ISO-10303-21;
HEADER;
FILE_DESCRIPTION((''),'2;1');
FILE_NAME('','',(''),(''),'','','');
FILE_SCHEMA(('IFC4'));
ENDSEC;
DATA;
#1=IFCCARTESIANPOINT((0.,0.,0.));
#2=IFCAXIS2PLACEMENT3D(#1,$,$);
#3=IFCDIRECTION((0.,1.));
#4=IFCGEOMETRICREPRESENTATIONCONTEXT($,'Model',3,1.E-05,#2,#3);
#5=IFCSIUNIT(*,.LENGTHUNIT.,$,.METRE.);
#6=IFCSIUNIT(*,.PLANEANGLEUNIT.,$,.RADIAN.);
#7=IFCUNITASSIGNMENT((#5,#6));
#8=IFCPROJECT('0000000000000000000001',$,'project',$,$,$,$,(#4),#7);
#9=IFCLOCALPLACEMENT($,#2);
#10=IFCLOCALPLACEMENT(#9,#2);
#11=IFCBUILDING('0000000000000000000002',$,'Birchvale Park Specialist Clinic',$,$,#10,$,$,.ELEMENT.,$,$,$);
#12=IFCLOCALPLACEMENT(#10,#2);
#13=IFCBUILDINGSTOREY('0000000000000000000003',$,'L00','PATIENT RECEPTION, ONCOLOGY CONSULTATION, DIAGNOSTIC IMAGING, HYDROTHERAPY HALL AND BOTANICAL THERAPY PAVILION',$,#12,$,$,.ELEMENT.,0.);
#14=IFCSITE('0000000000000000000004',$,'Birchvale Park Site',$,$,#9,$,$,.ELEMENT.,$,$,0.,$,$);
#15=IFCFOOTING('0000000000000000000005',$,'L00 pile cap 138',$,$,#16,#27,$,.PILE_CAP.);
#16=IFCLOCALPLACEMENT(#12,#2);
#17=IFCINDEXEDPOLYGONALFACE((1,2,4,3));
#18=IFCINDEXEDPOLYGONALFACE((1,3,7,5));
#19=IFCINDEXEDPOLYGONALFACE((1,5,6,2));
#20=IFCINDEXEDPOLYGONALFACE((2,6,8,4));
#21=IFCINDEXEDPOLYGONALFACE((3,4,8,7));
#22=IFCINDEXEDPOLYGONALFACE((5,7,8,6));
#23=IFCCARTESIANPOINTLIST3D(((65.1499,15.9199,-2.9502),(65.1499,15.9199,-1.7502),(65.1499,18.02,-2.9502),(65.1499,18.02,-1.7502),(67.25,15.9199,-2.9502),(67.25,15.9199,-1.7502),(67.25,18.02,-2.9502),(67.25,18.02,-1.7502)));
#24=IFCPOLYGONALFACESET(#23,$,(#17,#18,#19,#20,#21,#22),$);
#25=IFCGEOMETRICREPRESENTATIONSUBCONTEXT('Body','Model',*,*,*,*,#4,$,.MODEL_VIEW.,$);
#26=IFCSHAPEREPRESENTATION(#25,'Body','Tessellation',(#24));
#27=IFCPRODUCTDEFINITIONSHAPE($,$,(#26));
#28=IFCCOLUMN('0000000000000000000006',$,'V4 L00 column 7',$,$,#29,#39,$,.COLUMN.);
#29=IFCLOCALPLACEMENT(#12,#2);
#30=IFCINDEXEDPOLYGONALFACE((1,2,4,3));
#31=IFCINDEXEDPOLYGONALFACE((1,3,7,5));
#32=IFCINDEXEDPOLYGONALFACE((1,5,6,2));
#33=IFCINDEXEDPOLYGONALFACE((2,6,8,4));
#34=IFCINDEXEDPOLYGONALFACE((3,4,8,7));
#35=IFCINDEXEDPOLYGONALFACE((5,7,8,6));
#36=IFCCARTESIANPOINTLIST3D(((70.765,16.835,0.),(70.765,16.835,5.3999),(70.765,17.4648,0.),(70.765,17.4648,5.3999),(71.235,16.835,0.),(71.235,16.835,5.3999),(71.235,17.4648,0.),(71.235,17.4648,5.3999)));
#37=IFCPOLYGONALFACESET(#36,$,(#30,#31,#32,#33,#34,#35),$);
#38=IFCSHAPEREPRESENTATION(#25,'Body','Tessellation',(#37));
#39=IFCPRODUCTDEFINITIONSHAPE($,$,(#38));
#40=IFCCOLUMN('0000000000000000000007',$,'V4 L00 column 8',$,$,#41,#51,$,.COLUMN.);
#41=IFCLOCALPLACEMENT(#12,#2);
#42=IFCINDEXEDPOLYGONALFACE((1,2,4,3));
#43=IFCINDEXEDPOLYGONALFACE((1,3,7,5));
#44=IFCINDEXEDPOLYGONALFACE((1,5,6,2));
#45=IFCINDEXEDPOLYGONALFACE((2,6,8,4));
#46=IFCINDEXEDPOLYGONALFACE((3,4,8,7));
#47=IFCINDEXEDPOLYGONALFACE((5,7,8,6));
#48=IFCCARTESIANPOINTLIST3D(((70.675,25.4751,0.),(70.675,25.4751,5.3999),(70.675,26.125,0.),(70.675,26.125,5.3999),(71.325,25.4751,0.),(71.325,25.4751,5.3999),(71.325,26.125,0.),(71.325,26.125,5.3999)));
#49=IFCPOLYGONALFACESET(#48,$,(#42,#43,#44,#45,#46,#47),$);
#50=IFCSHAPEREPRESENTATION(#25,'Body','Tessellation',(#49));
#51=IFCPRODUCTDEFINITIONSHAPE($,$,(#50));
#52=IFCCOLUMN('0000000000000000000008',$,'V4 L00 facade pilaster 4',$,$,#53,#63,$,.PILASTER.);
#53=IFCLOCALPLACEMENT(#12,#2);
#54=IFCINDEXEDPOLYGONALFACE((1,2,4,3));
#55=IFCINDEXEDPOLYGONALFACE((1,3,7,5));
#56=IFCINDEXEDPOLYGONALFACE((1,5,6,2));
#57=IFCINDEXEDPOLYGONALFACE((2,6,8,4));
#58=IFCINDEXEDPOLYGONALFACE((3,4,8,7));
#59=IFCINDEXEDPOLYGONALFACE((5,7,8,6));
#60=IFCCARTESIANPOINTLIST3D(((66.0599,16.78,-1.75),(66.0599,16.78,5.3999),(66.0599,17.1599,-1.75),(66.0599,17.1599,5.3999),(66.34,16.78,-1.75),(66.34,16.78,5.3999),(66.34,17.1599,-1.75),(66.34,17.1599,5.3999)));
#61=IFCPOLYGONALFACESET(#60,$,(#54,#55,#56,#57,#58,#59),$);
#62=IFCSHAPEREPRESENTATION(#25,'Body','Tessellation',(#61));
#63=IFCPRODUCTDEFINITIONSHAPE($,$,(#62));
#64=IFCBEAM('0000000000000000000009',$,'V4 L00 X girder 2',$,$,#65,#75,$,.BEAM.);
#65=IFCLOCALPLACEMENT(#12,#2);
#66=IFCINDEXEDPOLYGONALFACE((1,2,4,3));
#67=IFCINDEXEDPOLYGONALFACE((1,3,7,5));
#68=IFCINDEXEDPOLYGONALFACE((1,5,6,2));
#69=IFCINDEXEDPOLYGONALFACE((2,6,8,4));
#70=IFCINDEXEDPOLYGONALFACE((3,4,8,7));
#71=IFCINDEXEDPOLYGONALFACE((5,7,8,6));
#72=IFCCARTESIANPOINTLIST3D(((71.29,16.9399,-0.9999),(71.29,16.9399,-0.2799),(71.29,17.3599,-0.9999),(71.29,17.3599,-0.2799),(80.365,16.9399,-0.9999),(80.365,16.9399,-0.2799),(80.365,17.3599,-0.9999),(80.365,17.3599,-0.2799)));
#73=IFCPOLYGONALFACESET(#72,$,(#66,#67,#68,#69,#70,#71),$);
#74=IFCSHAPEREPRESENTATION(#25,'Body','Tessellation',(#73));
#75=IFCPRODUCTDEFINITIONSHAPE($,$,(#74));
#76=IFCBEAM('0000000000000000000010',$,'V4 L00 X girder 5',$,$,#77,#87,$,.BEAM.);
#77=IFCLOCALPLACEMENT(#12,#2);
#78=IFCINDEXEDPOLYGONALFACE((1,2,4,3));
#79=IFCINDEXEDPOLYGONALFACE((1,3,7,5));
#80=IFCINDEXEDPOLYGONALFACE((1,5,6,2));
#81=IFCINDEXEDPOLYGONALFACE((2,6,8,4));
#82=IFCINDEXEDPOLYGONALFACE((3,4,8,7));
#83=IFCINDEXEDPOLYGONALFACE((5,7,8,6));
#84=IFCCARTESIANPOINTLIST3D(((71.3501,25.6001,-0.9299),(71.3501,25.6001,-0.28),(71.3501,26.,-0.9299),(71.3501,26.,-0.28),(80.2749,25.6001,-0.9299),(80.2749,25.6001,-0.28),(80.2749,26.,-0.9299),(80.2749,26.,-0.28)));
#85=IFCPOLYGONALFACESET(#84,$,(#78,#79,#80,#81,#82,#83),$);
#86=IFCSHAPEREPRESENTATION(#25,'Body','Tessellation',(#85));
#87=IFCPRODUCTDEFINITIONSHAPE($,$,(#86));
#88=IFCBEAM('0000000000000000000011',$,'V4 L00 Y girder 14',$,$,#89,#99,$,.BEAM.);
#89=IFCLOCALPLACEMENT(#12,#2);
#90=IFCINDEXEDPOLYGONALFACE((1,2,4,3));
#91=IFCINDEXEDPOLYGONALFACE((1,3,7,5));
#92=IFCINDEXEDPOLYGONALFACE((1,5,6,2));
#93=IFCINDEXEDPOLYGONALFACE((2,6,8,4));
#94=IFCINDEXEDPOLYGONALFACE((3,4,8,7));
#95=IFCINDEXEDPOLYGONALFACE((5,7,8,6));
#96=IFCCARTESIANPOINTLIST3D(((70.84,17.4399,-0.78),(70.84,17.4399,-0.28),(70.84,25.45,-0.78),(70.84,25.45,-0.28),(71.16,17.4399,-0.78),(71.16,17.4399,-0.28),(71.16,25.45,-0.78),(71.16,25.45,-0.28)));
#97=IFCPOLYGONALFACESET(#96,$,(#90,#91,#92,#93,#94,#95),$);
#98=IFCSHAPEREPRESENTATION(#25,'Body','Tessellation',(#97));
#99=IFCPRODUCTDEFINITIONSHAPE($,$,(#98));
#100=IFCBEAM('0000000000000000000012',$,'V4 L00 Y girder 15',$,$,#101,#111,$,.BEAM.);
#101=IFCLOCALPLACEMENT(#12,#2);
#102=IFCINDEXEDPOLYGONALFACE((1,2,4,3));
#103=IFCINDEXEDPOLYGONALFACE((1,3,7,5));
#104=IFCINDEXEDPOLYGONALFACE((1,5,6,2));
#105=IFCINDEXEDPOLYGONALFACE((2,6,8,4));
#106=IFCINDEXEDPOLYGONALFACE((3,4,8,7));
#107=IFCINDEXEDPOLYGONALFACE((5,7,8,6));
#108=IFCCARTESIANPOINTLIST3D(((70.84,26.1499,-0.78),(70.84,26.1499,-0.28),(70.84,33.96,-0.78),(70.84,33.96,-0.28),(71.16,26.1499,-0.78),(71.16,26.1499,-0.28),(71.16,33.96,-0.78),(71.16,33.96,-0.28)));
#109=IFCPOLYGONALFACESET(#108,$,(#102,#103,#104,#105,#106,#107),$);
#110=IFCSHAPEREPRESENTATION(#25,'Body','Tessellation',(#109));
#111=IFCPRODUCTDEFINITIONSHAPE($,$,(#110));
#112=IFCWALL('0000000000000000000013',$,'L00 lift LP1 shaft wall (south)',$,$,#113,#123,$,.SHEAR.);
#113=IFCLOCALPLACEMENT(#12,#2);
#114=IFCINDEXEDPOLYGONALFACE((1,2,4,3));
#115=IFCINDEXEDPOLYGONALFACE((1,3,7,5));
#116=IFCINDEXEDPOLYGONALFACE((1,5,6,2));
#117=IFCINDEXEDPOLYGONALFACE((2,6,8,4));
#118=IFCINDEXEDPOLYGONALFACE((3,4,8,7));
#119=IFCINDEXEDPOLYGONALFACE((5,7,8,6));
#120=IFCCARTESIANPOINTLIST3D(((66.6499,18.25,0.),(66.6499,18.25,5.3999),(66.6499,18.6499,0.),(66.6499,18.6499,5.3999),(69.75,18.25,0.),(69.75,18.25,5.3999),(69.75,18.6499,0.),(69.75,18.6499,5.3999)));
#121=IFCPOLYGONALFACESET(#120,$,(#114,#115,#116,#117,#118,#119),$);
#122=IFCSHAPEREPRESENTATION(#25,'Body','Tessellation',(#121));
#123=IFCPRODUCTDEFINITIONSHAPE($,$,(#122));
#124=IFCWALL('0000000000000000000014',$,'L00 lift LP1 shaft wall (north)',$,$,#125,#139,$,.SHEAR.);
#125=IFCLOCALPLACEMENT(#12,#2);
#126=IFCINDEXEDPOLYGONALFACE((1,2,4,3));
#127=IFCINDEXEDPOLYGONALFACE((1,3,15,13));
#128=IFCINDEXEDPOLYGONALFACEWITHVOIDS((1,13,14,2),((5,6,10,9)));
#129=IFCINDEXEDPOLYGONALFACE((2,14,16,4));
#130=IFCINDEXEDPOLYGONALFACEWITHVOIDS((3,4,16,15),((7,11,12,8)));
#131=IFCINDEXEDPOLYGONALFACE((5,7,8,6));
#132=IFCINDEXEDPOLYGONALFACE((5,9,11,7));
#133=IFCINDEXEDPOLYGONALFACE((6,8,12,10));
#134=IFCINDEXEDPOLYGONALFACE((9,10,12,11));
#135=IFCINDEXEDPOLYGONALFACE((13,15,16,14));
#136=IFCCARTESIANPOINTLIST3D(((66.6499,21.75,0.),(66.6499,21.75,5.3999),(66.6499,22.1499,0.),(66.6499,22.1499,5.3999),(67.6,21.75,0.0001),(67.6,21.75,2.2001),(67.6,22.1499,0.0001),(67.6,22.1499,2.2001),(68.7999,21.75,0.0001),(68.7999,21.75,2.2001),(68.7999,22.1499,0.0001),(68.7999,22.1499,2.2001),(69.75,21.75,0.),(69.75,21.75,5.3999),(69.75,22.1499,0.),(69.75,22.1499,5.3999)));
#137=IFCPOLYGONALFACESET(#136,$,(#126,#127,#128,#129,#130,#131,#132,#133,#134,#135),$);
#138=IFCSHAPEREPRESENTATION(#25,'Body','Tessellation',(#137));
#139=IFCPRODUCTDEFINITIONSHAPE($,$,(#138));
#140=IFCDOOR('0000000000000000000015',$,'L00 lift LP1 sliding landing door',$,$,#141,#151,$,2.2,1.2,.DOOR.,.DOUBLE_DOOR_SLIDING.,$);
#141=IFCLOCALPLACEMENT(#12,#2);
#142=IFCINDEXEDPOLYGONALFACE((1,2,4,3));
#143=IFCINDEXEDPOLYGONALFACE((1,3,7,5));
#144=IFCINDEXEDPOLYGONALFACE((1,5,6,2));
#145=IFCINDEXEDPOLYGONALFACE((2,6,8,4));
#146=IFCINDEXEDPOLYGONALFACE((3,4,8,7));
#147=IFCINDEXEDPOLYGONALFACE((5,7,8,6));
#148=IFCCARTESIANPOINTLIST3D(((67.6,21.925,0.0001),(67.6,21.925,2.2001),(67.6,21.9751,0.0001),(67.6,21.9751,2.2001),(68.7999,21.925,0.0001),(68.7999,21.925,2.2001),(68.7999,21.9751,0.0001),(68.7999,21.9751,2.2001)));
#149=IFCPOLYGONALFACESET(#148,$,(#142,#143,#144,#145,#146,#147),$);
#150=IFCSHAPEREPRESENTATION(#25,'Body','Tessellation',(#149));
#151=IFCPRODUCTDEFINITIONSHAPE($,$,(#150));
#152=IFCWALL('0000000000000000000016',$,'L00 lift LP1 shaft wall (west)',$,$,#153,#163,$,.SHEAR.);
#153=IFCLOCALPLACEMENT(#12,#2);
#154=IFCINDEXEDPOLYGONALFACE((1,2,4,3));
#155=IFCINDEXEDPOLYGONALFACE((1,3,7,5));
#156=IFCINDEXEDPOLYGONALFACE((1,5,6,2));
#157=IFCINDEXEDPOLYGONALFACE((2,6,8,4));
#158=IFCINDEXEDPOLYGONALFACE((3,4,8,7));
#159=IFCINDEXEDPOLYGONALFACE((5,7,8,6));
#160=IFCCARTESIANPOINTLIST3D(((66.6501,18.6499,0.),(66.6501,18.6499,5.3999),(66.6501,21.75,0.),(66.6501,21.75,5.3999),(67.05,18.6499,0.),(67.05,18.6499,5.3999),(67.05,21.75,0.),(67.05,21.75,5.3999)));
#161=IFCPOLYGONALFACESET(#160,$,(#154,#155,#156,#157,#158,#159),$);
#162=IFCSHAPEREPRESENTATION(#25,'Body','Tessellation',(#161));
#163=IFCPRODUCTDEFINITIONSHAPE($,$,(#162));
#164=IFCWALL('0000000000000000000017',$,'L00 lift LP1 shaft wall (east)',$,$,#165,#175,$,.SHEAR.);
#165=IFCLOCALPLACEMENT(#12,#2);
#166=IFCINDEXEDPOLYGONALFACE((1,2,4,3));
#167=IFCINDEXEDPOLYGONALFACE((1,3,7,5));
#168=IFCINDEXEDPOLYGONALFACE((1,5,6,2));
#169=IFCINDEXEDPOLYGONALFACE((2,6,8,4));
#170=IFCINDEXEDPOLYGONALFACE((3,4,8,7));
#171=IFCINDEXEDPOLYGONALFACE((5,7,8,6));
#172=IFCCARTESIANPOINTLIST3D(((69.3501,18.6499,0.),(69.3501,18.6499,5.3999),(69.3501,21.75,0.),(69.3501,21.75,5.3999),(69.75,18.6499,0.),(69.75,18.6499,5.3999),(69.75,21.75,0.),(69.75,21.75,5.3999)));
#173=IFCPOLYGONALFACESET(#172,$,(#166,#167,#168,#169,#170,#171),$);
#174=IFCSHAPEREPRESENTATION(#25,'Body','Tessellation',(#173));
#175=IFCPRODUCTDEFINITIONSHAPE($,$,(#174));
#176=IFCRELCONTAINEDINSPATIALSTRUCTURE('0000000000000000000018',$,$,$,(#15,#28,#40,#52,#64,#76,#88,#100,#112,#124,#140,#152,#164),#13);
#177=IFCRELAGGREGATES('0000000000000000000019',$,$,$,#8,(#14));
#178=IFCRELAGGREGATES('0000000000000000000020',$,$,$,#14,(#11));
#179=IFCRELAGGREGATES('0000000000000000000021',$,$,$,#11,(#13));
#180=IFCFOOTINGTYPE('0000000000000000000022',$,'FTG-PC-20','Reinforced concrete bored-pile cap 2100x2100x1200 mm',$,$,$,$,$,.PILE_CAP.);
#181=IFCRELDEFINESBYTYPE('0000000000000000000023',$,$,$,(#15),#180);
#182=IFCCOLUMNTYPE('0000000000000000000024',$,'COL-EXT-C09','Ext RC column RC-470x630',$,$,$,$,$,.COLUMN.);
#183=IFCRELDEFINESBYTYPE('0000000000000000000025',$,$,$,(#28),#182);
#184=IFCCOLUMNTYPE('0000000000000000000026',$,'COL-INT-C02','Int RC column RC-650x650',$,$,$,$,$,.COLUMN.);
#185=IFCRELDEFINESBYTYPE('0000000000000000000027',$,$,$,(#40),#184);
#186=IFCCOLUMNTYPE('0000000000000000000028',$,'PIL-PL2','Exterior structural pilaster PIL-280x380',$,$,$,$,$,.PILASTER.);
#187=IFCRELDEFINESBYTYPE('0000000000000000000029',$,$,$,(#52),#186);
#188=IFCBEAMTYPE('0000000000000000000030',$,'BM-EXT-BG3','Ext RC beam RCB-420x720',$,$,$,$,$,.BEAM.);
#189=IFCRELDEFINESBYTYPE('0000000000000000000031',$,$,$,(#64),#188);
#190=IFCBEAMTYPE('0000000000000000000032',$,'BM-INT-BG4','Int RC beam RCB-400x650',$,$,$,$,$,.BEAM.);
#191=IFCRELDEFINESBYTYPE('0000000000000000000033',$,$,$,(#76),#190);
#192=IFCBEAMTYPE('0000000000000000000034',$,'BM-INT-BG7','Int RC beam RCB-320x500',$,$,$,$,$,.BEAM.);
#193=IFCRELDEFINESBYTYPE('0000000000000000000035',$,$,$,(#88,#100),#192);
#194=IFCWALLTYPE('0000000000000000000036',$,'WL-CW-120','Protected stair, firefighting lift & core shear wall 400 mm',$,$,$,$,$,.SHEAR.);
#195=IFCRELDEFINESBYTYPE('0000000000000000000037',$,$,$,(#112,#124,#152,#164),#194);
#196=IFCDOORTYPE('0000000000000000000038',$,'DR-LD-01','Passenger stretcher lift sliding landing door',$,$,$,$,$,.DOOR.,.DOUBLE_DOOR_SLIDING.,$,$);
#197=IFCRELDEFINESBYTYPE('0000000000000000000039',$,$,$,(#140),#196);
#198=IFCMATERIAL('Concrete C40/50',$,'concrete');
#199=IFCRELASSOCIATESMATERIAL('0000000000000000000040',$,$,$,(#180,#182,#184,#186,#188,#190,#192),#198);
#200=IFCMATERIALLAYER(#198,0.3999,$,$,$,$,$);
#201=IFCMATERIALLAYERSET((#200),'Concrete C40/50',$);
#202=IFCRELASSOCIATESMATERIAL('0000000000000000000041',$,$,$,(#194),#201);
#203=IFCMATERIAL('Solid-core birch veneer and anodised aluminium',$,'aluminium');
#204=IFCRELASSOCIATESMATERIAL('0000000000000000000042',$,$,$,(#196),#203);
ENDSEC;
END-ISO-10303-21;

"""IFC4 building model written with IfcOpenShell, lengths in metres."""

from ifc_helpers import new_model, si_unit, direction, frame, frame_2d, origin, origin_2d, place, context, subcontext, project, spatial, rectangle, extrude, material, layer, layer_set, material_profile, profile_set, type_object, element, fill, save


model = new_model("IFC4")

# Units and contexts
model_context = context("Model", 3, precision=1e-05, world=origin(), true_north=direction((0.0, 1.0)))
body_context = subcontext(model_context, "Body", "Model", "MODEL_VIEW")
ifc_project = project(units=[si_unit("LENGTHUNIT", "METRE"), si_unit("PLANEANGLEUNIT", "RADIAN")], contexts=[model_context])

# Site, building, storey
site_placement = place(None, origin())
site = spatial("IfcSite", under=ifc_project, at=site_placement, Name="Birchvale Park Site", CompositionType="ELEMENT", RefElevation=0.0)
building_placement = place(site_placement, origin())
building = spatial("IfcBuilding", under=site, at=building_placement, Name="Birchvale Park Specialist Clinic", CompositionType="ELEMENT")
storey_placement = place(building_placement, origin())
storey = spatial("IfcBuildingStorey", under=building, at=storey_placement, Name="L00", Description="PATIENT RECEPTION, ONCOLOGY CONSULTATION, DIAGNOSTIC IMAGING, HYDROTHERAPY HALL AND BOTANICAL THERAPY PAVILION", CompositionType="ELEMENT", Elevation=0.0)

# Footing
ifc_material_1 = material(Name="Concrete C40/50", Category="concrete")
footing_type = type_object("IfcFootingType", Name="FTG-PC-20", Description="Reinforced concrete bored-pile cap 2100x2100x1200 mm", PredefinedType="PILE_CAP", material=ifc_material_1)
footing_placement = place(storey_placement, frame((66.2, 16.97, -2.9502), z_axis=(0.0, 0.0, 1.0), x_axis=(1.0, 0.0, 0.0)))
element("IfcFooting", 1, at=footing_placement, inside=storey, type_object=footing_type, Name="L00 pile cap 138", PredefinedType="PILE_CAP", context=body_context, shape_type="SweptSolid", body=[
    extrude(rectangle(XDim=2.1001, YDim=2.1001, at=origin_2d()), origin(), (0.0, 0.0, 1.0), 1.2),
])

# Columns
ifc_material_profile_1 = material_profile(ifc_material_1, rectangle(XDim=0.47, YDim=0.6299, at=origin_2d()), Name="RC-470x630")
ifc_profile_set_1 = profile_set([ifc_material_profile_1], Name="Concrete C40/50")
column_type_1 = type_object("IfcColumnType", Name="COL-EXT-C09", Description="Ext RC column RC-470x630", PredefinedType="COLUMN", material=ifc_profile_set_1)
column_1_placement = place(storey_placement, frame((71.0, 17.1499, 0.0), z_axis=(0.0, 0.0, 1.0), x_axis=(1.0, 0.0, 0.0)))
element("IfcColumn", 2, at=column_1_placement, inside=storey, type_object=column_type_1, Name="V4 L00 column 7", PredefinedType="COLUMN", context=body_context, shape_type="SweptSolid", body=[
    extrude(rectangle(XDim=0.47, YDim=0.6299, at=origin_2d()), origin(), (0.0, 0.0, 1.0), 5.3999),
])
ifc_material_profile_2 = material_profile(ifc_material_1, rectangle(XDim=0.6499, YDim=0.6499, at=origin_2d()), Name="RC-650x650")
ifc_profile_set_2 = profile_set([ifc_material_profile_2], Name="Concrete C40/50")
column_type_2 = type_object("IfcColumnType", Name="COL-INT-C02", Description="Int RC column RC-650x650", PredefinedType="COLUMN", material=ifc_profile_set_2)
column_2_placement = place(storey_placement, frame((71.0, 25.8, 0.0), z_axis=(0.0, 0.0, 1.0), x_axis=(1.0, 0.0, 0.0)))
element("IfcColumn", 3, at=column_2_placement, inside=storey, type_object=column_type_2, Name="V4 L00 column 8", PredefinedType="COLUMN", context=body_context, shape_type="SweptSolid", body=[
    extrude(rectangle(XDim=0.6499, YDim=0.6499, at=origin_2d()), origin(), (0.0, 0.0, 1.0), 5.3999),
])
ifc_material_profile_3 = material_profile(ifc_material_1, rectangle(XDim=0.28, YDim=0.3799, at=origin_2d()), Name="PIL-280x380")
ifc_profile_set_3 = profile_set([ifc_material_profile_3], Name="Concrete C40/50")
column_type_3 = type_object("IfcColumnType", Name="PIL-PL2", Description="Exterior structural pilaster PIL-280x380", PredefinedType="PILASTER", material=ifc_profile_set_3)
column_3_placement = place(storey_placement, frame((66.2, 16.97, -1.75), z_axis=(0.0, 0.0, 1.0), x_axis=(1.0, 0.0, 0.0)))
element("IfcColumn", 4, at=column_3_placement, inside=storey, type_object=column_type_3, Name="V4 L00 facade pilaster 4", PredefinedType="PILASTER", context=body_context, shape_type="SweptSolid", body=[
    extrude(rectangle(XDim=0.28, YDim=0.3799, at=origin_2d()), origin(), (0.0, 0.0, 1.0), 7.1499),
])

# Beams
ifc_material_profile_4 = material_profile(ifc_material_1, rectangle(XDim=0.4199, YDim=0.72, at=origin_2d()), Name="RCB-420x720")
ifc_profile_set_4 = profile_set([ifc_material_profile_4], Name="Concrete C40/50")
beam_type_1 = type_object("IfcBeamType", Name="BM-EXT-BG3", Description="Ext RC beam RCB-420x720", PredefinedType="BEAM", material=ifc_profile_set_4)
beam_1_placement = place(storey_placement, frame((71.29, 17.1499, -0.6399), z_axis=(1.0, 0.0, 0.0), x_axis=(0.0, 1.0, 0.0)))
element("IfcBeam", 5, at=beam_1_placement, inside=storey, type_object=beam_type_1, Name="V4 L00 X girder 2", PredefinedType="BEAM", context=body_context, shape_type="SweptSolid", body=[
    extrude(rectangle(XDim=0.4199, YDim=0.72, at=origin_2d()), origin(), (0.0, 0.0, 1.0), 9.075),
])
ifc_material_profile_5 = material_profile(ifc_material_1, rectangle(XDim=0.3999, YDim=0.6499, at=origin_2d()), Name="RCB-400x650")
ifc_profile_set_5 = profile_set([ifc_material_profile_5], Name="Concrete C40/50")
beam_type_2 = type_object("IfcBeamType", Name="BM-INT-BG4", Description="Int RC beam RCB-400x650", PredefinedType="BEAM", material=ifc_profile_set_5)
beam_2_placement = place(storey_placement, frame((71.3501, 25.8, -0.605), z_axis=(1.0, 0.0, 0.0), x_axis=(0.0, 1.0, 0.0)))
element("IfcBeam", 6, at=beam_2_placement, inside=storey, type_object=beam_type_2, Name="V4 L00 X girder 5", PredefinedType="BEAM", context=body_context, shape_type="SweptSolid", body=[
    extrude(rectangle(XDim=0.3999, YDim=0.6499, at=origin_2d()), origin(), (0.0, 0.0, 1.0), 8.9248),
])
ifc_material_profile_6 = material_profile(ifc_material_1, rectangle(XDim=0.3201, YDim=0.5, at=origin_2d()), Name="RCB-320x500")
ifc_profile_set_6 = profile_set([ifc_material_profile_6], Name="Concrete C40/50")
beam_type_3 = type_object("IfcBeamType", Name="BM-INT-BG7", Description="Int RC beam RCB-320x500", PredefinedType="BEAM", material=ifc_profile_set_6)
beam_3_placement = place(storey_placement, frame((71.0, 17.4399, -0.53), z_axis=(0.0, 1.0, 0.0), x_axis=(-1.0, 0.0, 0.0)))
element("IfcBeam", 7, at=beam_3_placement, inside=storey, type_object=beam_type_3, Name="V4 L00 Y girder 14", PredefinedType="BEAM", context=body_context, shape_type="SweptSolid", body=[
    extrude(rectangle(XDim=0.3201, YDim=0.5, at=origin_2d()), origin(), (0.0, 0.0, 1.0), 8.01),
])
beam_4_placement = place(storey_placement, frame((71.0, 26.1499, -0.53), z_axis=(0.0, 1.0, 0.0), x_axis=(-1.0, 0.0, 0.0)))
element("IfcBeam", 8, at=beam_4_placement, inside=storey, type_object=beam_type_3, Name="V4 L00 Y girder 15", PredefinedType="BEAM", context=body_context, shape_type="SweptSolid", body=[
    extrude(rectangle(XDim=0.3201, YDim=0.5, at=origin_2d()), origin(), (0.0, 0.0, 1.0), 7.8101),
])

# Wall
ifc_layer_1 = layer(ifc_material_1, 0.3999)
ifc_layer_set_1 = layer_set([ifc_layer_1], Name="Concrete C40/50")
wall_type_1 = type_object("IfcWallType", Name="WL-CW-120", Description="Protected stair, firefighting lift & core shear wall 400 mm", PredefinedType="SHEAR", material=ifc_layer_set_1)
wall_1_placement = place(storey_placement, frame((66.6499, 18.45, 0.0), z_axis=(0.0, 0.0, 1.0), x_axis=(1.0, 0.0, 0.0)))
element("IfcWall", 9, at=wall_1_placement, inside=storey, type_object=wall_type_1, Name="L00 lift LP1 shaft wall (south)", PredefinedType="SHEAR", context=body_context, shape_type="SweptSolid", body=[
    extrude(rectangle(XDim=3.1001, YDim=0.3999, at=frame_2d((1.55, 0.0))), origin(), (0.0, 0.0, 1.0), 5.3999),
])

# Wall, opening, door
wall_2_placement = place(storey_placement, frame((69.75, 21.95, 0.0), z_axis=(0.0, 0.0, 1.0), x_axis=(-1.0, 0.0, 0.0)))
wall_2 = element("IfcWall", 10, at=wall_2_placement, inside=storey, type_object=wall_type_1, Name="L00 lift LP1 shaft wall (north)", PredefinedType="SHEAR", context=body_context, shape_type="SweptSolid", body=[
    extrude(rectangle(XDim=3.1001, YDim=0.3999, at=frame_2d((1.55, 0.0))), origin(), (0.0, 0.0, 1.0), 5.3999),
])
opening_1_placement = place(wall_2_placement, frame((0.95, 0.0, 0.0)))
opening_1 = element("IfcOpeningElement", 11, at=opening_1_placement, cuts=wall_2, PredefinedType="OPENING", context=body_context, shape_type="SweptSolid", body=[
    extrude(rectangle(XDim=1.2, YDim=2.2, at=frame_2d((0.6001, 1.1001))), frame((0.0, 0.21, 0.0), z_axis=(0.0, -1.0, 0.0), x_axis=(1.0, 0.0, 0.0)), (0.0, 0.0, 1.0), 0.4199),
])
ifc_material_2 = material(Name="Solid-core birch veneer and anodised aluminium", Category="aluminium")
door_type_1 = type_object("IfcDoorType", Name="DR-LD-01", Description="Passenger stretcher lift sliding landing door", OperationType="DOUBLE_DOOR_SLIDING", PredefinedType="DOOR", material=ifc_material_2)
door_1_placement = place(opening_1_placement, origin())
door_1 = element("IfcDoor", 12, at=door_1_placement, inside=storey, type_object=door_type_1, Name="L00 lift LP1 sliding landing door", OperationType="DOUBLE_DOOR_SLIDING", OverallHeight=2.2, OverallWidth=1.2, PredefinedType="DOOR", context=body_context, shape_type="SweptSolid", body=[
    extrude(rectangle(XDim=1.2, YDim=2.2, at=frame_2d((0.6001, 1.1001))), frame((0.0, 0.0249, 0.0), z_axis=(0.0, -1.0, 0.0), x_axis=(1.0, 0.0, 0.0)), (0.0, 0.0, 1.0), 0.05),
])
fill(opening_1, door_1)

# Walls
for number, where, z_axis, x_axis, name in (
    (13, (66.8501, 18.6499, 0.0), (0.0, 0.0, 1.0), (0.0, 1.0, 0.0), "L00 lift LP1 shaft wall (west)"),
    (14, (69.55, 21.75, 0.0), (0.0, 0.0, 1.0), (0.0, -1.0, 0.0), "L00 lift LP1 shaft wall (east)"),
):
    element("IfcWall", number, at=place(storey_placement, frame(where, z_axis=z_axis, x_axis=x_axis)), inside=storey, type_object=wall_type_1, Name=name, PredefinedType="SHEAR", context=body_context, shape_type="SweptSolid", body=[
        extrude(rectangle(XDim=3.1001, YDim=0.3999, at=frame_2d((1.55, 0.0))), origin(), (0.0, 0.0, 1.0), 5.3999),
    ])

save(model, "model.ifc")
